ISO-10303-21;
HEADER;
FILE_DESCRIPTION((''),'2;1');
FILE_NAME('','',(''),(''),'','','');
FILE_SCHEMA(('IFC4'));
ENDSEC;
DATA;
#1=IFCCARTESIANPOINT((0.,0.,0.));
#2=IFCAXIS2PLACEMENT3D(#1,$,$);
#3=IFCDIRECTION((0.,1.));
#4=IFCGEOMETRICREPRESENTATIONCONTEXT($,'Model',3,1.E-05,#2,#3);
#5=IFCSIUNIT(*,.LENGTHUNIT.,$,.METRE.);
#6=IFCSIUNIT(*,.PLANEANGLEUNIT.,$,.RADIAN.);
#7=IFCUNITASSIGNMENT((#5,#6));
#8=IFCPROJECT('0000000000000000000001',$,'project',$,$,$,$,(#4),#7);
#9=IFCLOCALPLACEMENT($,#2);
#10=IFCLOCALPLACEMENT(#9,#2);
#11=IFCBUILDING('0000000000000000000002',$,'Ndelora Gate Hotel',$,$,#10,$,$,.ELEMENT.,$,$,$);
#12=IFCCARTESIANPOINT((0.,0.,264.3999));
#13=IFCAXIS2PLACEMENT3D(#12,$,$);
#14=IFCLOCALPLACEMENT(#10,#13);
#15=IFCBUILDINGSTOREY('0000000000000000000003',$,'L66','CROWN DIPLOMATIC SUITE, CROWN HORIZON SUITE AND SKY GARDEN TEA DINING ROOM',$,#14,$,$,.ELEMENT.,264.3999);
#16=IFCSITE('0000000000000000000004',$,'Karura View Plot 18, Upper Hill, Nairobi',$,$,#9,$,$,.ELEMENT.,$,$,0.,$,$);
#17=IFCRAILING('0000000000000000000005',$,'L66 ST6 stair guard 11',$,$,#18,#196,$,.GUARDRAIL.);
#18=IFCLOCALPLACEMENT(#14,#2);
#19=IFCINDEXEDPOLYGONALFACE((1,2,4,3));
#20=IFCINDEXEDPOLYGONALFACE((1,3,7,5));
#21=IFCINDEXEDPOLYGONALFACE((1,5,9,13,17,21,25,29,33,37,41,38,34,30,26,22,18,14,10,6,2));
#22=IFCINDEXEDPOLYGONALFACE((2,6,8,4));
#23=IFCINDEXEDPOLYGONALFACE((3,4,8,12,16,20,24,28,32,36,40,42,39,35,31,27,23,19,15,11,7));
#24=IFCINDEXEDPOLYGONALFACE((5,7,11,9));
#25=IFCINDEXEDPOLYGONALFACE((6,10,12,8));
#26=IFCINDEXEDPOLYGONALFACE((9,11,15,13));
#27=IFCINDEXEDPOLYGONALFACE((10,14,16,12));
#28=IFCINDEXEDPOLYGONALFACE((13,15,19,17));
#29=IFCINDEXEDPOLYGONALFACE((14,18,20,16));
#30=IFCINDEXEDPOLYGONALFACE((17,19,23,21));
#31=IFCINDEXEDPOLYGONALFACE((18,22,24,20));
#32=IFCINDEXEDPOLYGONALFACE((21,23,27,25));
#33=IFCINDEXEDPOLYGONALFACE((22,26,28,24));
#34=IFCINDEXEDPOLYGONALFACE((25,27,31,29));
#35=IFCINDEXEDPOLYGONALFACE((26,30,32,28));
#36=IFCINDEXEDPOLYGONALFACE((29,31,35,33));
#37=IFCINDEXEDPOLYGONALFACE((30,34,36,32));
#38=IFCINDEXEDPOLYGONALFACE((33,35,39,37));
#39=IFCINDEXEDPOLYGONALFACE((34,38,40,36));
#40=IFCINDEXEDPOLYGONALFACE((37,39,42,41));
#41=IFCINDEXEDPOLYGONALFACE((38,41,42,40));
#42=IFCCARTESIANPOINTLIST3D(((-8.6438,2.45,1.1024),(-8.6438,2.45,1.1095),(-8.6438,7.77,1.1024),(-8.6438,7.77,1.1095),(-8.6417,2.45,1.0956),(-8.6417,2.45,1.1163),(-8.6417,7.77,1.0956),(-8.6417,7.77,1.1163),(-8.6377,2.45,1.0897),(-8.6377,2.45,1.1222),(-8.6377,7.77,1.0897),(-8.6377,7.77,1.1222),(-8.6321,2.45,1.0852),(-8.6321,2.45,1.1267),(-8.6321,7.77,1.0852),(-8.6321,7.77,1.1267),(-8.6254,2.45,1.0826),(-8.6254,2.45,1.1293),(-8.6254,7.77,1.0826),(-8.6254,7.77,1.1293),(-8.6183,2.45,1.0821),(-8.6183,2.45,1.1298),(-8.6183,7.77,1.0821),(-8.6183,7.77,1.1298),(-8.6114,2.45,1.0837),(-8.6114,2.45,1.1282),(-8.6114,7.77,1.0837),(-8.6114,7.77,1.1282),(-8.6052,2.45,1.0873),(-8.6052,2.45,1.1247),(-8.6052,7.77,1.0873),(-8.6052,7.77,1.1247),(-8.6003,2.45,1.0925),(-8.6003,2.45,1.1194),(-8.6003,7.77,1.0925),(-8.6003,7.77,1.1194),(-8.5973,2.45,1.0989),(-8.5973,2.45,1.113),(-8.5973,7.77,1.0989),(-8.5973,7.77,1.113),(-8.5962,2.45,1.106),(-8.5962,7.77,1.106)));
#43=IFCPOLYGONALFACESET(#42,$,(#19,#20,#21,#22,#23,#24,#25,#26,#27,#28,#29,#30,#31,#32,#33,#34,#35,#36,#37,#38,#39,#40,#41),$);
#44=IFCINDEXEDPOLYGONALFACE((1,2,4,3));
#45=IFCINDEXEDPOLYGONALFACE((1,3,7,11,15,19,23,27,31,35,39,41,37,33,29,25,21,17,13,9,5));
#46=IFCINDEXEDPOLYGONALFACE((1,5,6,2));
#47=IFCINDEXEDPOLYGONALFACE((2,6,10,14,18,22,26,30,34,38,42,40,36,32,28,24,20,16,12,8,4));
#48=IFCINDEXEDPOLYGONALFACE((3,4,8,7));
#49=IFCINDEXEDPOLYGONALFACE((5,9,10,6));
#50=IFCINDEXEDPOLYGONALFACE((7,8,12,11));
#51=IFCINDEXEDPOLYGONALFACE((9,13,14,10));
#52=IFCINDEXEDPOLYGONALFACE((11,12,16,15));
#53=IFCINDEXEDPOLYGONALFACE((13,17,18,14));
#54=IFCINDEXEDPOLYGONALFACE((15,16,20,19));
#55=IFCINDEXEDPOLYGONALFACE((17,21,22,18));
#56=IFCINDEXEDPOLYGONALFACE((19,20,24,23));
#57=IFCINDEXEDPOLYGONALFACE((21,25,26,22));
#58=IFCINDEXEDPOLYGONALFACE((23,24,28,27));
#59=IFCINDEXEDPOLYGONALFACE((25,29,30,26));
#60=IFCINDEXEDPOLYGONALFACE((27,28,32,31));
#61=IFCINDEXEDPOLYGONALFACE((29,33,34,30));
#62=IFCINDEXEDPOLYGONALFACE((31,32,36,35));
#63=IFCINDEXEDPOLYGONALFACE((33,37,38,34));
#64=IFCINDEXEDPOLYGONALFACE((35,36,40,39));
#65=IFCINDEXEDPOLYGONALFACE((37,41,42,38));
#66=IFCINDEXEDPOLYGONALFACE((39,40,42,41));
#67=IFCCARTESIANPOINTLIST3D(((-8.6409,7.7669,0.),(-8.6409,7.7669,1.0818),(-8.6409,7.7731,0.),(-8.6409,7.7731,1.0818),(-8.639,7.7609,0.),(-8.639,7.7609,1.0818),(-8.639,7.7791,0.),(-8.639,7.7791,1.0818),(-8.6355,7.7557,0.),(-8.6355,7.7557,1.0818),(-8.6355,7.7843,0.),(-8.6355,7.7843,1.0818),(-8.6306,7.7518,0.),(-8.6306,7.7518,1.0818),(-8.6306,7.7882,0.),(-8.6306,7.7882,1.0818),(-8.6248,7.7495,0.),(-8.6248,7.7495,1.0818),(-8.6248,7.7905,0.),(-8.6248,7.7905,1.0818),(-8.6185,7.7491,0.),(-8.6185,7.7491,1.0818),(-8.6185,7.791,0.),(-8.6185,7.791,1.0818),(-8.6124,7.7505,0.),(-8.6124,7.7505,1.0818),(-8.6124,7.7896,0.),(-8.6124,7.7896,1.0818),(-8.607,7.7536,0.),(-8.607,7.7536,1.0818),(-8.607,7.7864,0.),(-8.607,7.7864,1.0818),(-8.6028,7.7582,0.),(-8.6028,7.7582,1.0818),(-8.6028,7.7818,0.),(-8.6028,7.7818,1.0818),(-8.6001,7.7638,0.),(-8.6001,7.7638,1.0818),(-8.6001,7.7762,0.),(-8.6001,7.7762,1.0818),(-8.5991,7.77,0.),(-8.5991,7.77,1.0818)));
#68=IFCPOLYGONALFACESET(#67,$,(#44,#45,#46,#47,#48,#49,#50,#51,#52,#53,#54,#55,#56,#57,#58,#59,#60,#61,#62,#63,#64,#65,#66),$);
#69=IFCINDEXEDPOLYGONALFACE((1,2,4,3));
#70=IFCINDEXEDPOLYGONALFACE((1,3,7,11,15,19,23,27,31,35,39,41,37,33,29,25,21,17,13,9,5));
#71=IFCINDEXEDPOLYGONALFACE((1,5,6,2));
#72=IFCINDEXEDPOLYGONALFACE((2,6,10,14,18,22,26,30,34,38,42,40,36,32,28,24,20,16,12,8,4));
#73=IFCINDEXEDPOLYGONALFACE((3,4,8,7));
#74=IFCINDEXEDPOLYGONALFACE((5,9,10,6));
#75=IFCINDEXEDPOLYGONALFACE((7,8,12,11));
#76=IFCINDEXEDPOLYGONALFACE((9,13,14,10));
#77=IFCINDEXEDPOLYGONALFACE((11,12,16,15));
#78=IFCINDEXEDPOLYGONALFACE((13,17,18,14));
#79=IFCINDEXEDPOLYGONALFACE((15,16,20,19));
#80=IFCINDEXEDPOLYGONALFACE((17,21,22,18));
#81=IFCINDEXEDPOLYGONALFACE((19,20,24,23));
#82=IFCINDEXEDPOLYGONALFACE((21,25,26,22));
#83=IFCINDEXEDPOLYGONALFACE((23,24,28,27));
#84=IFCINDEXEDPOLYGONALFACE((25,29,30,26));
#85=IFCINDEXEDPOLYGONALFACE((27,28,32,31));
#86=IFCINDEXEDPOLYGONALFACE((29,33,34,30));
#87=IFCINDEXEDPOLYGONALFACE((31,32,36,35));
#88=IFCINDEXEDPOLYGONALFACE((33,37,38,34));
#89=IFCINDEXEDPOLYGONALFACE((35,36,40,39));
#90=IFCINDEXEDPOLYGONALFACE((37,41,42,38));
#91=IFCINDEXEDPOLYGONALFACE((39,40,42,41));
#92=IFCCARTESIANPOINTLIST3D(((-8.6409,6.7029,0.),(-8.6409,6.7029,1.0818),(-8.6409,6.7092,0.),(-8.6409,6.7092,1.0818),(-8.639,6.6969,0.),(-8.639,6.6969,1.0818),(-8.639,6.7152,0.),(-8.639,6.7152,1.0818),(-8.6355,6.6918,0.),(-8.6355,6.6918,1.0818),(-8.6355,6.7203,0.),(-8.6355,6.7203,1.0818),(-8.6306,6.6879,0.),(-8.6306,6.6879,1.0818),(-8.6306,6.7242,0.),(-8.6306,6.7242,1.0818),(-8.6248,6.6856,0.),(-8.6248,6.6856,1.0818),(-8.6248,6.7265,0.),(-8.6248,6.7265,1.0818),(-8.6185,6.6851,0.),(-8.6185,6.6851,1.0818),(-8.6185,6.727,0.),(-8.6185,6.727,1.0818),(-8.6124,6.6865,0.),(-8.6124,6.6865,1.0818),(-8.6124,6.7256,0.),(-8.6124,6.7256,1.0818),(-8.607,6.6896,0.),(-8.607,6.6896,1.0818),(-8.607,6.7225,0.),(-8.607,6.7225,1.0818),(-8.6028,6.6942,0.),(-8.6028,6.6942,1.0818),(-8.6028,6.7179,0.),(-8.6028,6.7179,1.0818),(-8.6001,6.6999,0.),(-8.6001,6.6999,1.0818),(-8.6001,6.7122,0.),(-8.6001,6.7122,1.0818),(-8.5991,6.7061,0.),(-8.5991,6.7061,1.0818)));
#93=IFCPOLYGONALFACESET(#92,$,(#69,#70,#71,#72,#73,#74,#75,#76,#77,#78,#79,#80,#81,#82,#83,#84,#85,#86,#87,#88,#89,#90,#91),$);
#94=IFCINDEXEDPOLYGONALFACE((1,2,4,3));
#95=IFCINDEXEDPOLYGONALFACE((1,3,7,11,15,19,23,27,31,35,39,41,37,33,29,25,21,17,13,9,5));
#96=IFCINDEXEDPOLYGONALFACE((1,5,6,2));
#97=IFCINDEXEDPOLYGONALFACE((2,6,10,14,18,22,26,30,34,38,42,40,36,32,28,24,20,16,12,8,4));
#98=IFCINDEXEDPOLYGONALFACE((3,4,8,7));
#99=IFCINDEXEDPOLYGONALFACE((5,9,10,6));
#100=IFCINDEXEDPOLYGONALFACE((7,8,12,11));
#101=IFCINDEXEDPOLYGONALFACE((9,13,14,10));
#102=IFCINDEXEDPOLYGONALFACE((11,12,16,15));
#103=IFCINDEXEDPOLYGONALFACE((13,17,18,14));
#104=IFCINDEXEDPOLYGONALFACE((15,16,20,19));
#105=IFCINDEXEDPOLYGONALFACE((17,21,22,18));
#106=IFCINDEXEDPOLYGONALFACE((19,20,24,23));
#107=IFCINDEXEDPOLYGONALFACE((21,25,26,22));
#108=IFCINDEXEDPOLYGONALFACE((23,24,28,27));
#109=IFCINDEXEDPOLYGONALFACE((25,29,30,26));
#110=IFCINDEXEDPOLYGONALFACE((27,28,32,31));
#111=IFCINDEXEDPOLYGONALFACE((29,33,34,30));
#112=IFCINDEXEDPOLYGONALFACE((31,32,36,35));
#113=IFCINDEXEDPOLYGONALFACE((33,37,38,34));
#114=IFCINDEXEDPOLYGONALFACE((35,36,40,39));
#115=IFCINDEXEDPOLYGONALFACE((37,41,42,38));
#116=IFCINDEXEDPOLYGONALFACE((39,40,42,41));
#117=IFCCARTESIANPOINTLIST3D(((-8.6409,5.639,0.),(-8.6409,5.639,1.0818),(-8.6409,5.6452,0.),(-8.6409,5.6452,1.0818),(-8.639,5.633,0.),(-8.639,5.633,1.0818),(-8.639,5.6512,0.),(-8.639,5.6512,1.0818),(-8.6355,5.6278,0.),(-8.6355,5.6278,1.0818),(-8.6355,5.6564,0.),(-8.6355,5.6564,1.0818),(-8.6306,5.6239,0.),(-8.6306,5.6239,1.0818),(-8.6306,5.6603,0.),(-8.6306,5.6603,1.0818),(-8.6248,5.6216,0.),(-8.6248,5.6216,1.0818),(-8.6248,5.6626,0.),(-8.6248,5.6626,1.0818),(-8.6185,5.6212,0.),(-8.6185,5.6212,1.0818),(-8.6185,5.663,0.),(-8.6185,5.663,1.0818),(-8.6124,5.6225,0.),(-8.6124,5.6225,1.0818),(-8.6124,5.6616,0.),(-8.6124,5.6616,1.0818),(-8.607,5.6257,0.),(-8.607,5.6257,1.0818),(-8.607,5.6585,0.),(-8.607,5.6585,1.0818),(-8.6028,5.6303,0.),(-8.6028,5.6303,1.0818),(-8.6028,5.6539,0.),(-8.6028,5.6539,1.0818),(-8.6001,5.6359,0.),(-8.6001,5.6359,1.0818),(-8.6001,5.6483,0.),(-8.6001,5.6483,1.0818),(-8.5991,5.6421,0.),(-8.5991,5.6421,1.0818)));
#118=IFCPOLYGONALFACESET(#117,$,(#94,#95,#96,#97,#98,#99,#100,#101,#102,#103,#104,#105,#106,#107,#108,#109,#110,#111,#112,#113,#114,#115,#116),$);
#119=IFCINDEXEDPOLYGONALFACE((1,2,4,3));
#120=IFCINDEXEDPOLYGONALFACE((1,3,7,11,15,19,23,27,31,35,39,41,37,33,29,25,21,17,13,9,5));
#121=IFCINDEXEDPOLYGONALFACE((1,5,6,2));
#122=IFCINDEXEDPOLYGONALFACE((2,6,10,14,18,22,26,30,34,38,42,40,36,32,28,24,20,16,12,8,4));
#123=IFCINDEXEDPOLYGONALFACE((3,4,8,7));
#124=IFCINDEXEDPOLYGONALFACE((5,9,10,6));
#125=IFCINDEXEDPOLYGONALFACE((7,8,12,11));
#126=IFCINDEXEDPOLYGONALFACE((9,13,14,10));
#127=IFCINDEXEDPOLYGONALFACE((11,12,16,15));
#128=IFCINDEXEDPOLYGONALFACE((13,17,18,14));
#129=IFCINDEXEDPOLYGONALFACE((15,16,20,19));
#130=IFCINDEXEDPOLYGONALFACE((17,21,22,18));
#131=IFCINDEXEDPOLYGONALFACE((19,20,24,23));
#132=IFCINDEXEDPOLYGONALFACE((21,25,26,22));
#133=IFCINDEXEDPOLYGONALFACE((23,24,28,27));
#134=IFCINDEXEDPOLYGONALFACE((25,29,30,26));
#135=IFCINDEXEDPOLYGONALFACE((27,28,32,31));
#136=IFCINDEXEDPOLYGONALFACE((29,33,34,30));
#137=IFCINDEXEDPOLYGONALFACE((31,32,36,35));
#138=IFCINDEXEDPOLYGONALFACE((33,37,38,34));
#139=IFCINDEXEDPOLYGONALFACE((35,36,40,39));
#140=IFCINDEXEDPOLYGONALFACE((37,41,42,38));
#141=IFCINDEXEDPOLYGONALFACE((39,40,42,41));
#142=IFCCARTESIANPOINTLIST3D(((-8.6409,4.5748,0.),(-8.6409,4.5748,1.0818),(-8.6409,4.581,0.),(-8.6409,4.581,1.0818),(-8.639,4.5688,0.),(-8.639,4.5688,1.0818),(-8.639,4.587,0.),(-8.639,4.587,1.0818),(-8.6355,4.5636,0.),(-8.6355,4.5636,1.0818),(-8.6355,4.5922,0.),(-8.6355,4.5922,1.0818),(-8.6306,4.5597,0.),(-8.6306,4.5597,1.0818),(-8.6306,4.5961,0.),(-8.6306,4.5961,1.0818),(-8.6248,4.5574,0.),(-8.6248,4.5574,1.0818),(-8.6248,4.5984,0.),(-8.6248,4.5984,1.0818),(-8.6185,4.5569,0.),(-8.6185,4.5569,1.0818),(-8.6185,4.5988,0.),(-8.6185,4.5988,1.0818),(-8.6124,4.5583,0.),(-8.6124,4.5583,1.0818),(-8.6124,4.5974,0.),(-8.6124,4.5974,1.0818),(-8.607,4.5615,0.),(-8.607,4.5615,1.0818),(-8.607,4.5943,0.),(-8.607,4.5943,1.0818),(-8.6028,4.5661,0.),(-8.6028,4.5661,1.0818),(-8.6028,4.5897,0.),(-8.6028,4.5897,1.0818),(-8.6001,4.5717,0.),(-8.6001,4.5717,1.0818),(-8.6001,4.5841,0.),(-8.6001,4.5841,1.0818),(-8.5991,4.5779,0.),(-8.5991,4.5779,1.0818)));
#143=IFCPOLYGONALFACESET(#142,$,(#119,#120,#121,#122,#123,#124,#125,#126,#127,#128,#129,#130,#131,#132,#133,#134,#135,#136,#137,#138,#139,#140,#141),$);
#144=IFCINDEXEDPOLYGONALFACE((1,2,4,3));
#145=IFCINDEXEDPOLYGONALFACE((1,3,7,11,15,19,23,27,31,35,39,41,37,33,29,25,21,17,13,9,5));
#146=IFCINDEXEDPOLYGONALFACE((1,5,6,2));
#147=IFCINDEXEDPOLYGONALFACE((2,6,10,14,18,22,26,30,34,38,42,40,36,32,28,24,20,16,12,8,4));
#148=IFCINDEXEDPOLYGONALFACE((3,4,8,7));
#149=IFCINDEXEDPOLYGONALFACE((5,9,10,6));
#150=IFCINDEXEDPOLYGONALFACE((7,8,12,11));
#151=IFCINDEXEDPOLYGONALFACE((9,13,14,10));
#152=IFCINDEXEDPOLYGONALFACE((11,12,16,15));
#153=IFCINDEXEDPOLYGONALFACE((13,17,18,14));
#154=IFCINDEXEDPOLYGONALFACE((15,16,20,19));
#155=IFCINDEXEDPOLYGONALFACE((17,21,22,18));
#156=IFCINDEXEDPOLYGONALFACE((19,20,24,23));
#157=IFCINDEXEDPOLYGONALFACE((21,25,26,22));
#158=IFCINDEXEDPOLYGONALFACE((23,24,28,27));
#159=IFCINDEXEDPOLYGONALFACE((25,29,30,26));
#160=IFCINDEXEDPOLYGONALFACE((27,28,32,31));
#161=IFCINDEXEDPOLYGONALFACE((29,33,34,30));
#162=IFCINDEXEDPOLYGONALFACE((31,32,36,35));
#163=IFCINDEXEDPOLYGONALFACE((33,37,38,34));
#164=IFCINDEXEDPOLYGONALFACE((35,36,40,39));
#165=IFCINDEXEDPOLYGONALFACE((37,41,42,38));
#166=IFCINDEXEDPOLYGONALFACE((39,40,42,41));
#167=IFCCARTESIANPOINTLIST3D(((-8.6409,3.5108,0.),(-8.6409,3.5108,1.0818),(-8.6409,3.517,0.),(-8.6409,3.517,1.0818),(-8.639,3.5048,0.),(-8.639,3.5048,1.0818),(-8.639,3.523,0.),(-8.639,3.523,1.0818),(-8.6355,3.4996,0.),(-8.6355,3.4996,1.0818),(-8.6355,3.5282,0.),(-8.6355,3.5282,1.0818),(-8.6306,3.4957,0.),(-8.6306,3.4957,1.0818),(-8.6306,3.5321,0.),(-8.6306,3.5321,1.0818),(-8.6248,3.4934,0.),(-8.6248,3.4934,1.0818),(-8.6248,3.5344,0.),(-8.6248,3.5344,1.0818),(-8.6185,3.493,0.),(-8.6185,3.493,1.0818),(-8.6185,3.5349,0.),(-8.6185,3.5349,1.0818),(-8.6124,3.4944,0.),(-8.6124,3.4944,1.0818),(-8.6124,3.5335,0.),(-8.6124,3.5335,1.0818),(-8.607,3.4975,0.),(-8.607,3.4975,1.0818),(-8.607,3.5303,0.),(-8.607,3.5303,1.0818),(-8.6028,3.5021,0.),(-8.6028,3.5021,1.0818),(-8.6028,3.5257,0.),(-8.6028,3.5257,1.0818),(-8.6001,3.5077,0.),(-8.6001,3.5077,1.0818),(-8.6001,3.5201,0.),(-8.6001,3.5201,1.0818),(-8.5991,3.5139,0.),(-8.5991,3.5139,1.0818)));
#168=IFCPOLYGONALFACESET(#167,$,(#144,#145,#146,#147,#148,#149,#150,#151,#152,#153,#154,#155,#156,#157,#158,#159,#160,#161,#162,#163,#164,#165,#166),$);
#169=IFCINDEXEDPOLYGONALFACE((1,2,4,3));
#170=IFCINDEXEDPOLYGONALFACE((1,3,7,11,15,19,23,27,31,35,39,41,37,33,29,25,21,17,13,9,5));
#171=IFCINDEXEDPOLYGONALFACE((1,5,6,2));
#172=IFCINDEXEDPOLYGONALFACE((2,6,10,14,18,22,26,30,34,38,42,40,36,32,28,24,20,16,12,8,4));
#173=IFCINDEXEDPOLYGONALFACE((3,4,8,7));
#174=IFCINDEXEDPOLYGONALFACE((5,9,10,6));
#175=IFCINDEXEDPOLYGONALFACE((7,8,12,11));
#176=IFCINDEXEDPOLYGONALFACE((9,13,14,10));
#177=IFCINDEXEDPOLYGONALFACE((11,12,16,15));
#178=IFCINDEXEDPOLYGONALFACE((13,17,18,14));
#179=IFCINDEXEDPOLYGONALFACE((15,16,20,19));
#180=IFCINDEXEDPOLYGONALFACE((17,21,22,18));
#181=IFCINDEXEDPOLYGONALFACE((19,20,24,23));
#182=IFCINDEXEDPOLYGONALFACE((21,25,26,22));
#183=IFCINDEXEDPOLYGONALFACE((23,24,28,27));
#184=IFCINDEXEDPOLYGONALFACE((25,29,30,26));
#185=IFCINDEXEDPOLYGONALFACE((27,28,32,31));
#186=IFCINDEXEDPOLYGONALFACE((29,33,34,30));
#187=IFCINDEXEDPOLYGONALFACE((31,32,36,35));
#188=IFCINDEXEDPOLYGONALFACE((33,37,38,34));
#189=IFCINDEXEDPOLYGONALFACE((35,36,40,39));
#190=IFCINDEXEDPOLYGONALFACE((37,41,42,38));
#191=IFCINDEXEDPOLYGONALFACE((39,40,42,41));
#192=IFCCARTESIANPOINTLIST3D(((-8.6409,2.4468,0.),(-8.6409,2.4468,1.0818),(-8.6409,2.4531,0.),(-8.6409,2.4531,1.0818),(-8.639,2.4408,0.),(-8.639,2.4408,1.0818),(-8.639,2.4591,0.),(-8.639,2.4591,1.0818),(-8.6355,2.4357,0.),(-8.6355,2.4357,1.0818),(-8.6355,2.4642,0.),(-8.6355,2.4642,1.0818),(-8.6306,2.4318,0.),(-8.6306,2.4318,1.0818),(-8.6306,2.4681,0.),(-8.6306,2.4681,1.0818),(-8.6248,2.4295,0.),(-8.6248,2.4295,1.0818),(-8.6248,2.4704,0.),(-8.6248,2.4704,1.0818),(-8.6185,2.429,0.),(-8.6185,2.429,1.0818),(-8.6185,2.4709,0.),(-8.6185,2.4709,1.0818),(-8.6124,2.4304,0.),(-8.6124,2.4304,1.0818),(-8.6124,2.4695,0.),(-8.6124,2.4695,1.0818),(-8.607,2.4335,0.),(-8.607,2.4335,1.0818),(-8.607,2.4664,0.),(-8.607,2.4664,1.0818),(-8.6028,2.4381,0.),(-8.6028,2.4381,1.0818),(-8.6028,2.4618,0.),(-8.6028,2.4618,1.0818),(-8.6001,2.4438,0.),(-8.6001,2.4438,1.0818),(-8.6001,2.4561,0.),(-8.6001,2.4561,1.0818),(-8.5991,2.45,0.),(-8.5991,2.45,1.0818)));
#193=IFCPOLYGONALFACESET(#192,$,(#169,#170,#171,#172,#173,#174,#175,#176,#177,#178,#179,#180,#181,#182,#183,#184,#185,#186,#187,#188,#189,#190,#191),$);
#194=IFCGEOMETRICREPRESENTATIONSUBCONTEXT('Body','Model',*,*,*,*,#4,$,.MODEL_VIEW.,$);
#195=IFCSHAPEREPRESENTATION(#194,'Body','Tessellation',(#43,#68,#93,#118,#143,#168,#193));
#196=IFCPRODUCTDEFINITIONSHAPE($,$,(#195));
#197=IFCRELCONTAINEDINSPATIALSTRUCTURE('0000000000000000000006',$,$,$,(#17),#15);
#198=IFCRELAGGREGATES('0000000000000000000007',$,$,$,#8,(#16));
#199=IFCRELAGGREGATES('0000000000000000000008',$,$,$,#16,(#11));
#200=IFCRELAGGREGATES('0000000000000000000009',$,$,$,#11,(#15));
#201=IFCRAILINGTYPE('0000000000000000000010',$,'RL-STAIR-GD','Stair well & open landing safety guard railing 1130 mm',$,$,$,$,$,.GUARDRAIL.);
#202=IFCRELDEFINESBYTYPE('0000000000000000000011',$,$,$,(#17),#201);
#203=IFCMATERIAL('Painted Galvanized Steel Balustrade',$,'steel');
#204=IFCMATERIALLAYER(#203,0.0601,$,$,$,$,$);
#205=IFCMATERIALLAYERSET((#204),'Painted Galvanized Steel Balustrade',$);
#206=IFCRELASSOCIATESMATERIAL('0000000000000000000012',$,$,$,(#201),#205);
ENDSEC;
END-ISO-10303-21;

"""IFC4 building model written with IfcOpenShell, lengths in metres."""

from ifc_helpers import new_model, si_unit, direction, frame, origin, origin_2d, place, context, subcontext, project, spatial, circle, extrude, material, layer, layer_set, type_object, element, save


model = new_model("IFC4")

# Units and contexts
model_context = context("Model", 3, precision=1e-05, world=origin(), true_north=direction((0.0, 1.0)))
body_context = subcontext(model_context, "Body", "Model", "MODEL_VIEW")
ifc_project = project(units=[si_unit("LENGTHUNIT", "METRE"), si_unit("PLANEANGLEUNIT", "RADIAN")], contexts=[model_context])

# Site, building, storey
site_placement = place(None, origin())
site = spatial("IfcSite", under=ifc_project, at=site_placement, Name="Karura View Plot 18, Upper Hill, Nairobi", CompositionType="ELEMENT", RefElevation=0.0)
building_placement = place(site_placement, origin())
building = spatial("IfcBuilding", under=site, at=building_placement, Name="Ndelora Gate Hotel", CompositionType="ELEMENT")
storey_placement = place(building_placement, frame((0.0, 0.0, 264.3999)))
storey = spatial("IfcBuildingStorey", under=building, at=storey_placement, Name="L66", Description="CROWN DIPLOMATIC SUITE, CROWN HORIZON SUITE AND SKY GARDEN TEA DINING ROOM", CompositionType="ELEMENT", Elevation=264.3999)

# Railing
ifc_material_1 = material(Name="Painted Galvanized Steel Balustrade", Category="steel")
ifc_layer_1 = layer(ifc_material_1, 0.0601)
ifc_layer_set_1 = layer_set([ifc_layer_1], Name="Painted Galvanized Steel Balustrade")
railing_type_1 = type_object("IfcRailingType", Name="RL-STAIR-GD", Description="Stair well & open landing safety guard railing 1130 mm", PredefinedType="GUARDRAIL", material=ifc_layer_set_1)
railing_1_placement = place(storey_placement, frame((-8.6201, 7.77, 0.0)))
element("IfcRailing", 1, at=railing_1_placement, inside=storey, type_object=railing_type_1, Name="L66 ST6 stair guard 11", PredefinedType="GUARDRAIL", context=body_context, shape_type="SweptSolid", body=[
    extrude(circle(Radius=0.0239, at=origin_2d()), frame((0.0, 0.0, 1.106), z_axis=(0.0, -1.0, 0.0), x_axis=(1.0, 0.0, 0.0)), (0.0, 0.0, 1.0), 5.3201),
    extrude(circle(Radius=0.021, at=origin_2d()), origin(), (0.0, 0.0, 1.0), 1.0818),
    extrude(circle(Radius=0.021, at=origin_2d()), frame((0.0, -1.064, 0.0)), (0.0, 0.0, 1.0), 1.0818),
    extrude(circle(Radius=0.021, at=origin_2d()), frame((0.0, -2.1279, 0.0)), (0.0, 0.0, 1.0), 1.0818),
    extrude(circle(Radius=0.021, at=origin_2d()), frame((0.0, -3.1921, 0.0)), (0.0, 0.0, 1.0), 1.0818),
    extrude(circle(Radius=0.021, at=origin_2d()), frame((0.0, -4.2561, 0.0)), (0.0, 0.0, 1.0), 1.0818),
    extrude(circle(Radius=0.021, at=origin_2d()), frame((0.0, -5.3201, 0.0)), (0.0, 0.0, 1.0), 1.0818),
])

save(model, "model.ifc")
